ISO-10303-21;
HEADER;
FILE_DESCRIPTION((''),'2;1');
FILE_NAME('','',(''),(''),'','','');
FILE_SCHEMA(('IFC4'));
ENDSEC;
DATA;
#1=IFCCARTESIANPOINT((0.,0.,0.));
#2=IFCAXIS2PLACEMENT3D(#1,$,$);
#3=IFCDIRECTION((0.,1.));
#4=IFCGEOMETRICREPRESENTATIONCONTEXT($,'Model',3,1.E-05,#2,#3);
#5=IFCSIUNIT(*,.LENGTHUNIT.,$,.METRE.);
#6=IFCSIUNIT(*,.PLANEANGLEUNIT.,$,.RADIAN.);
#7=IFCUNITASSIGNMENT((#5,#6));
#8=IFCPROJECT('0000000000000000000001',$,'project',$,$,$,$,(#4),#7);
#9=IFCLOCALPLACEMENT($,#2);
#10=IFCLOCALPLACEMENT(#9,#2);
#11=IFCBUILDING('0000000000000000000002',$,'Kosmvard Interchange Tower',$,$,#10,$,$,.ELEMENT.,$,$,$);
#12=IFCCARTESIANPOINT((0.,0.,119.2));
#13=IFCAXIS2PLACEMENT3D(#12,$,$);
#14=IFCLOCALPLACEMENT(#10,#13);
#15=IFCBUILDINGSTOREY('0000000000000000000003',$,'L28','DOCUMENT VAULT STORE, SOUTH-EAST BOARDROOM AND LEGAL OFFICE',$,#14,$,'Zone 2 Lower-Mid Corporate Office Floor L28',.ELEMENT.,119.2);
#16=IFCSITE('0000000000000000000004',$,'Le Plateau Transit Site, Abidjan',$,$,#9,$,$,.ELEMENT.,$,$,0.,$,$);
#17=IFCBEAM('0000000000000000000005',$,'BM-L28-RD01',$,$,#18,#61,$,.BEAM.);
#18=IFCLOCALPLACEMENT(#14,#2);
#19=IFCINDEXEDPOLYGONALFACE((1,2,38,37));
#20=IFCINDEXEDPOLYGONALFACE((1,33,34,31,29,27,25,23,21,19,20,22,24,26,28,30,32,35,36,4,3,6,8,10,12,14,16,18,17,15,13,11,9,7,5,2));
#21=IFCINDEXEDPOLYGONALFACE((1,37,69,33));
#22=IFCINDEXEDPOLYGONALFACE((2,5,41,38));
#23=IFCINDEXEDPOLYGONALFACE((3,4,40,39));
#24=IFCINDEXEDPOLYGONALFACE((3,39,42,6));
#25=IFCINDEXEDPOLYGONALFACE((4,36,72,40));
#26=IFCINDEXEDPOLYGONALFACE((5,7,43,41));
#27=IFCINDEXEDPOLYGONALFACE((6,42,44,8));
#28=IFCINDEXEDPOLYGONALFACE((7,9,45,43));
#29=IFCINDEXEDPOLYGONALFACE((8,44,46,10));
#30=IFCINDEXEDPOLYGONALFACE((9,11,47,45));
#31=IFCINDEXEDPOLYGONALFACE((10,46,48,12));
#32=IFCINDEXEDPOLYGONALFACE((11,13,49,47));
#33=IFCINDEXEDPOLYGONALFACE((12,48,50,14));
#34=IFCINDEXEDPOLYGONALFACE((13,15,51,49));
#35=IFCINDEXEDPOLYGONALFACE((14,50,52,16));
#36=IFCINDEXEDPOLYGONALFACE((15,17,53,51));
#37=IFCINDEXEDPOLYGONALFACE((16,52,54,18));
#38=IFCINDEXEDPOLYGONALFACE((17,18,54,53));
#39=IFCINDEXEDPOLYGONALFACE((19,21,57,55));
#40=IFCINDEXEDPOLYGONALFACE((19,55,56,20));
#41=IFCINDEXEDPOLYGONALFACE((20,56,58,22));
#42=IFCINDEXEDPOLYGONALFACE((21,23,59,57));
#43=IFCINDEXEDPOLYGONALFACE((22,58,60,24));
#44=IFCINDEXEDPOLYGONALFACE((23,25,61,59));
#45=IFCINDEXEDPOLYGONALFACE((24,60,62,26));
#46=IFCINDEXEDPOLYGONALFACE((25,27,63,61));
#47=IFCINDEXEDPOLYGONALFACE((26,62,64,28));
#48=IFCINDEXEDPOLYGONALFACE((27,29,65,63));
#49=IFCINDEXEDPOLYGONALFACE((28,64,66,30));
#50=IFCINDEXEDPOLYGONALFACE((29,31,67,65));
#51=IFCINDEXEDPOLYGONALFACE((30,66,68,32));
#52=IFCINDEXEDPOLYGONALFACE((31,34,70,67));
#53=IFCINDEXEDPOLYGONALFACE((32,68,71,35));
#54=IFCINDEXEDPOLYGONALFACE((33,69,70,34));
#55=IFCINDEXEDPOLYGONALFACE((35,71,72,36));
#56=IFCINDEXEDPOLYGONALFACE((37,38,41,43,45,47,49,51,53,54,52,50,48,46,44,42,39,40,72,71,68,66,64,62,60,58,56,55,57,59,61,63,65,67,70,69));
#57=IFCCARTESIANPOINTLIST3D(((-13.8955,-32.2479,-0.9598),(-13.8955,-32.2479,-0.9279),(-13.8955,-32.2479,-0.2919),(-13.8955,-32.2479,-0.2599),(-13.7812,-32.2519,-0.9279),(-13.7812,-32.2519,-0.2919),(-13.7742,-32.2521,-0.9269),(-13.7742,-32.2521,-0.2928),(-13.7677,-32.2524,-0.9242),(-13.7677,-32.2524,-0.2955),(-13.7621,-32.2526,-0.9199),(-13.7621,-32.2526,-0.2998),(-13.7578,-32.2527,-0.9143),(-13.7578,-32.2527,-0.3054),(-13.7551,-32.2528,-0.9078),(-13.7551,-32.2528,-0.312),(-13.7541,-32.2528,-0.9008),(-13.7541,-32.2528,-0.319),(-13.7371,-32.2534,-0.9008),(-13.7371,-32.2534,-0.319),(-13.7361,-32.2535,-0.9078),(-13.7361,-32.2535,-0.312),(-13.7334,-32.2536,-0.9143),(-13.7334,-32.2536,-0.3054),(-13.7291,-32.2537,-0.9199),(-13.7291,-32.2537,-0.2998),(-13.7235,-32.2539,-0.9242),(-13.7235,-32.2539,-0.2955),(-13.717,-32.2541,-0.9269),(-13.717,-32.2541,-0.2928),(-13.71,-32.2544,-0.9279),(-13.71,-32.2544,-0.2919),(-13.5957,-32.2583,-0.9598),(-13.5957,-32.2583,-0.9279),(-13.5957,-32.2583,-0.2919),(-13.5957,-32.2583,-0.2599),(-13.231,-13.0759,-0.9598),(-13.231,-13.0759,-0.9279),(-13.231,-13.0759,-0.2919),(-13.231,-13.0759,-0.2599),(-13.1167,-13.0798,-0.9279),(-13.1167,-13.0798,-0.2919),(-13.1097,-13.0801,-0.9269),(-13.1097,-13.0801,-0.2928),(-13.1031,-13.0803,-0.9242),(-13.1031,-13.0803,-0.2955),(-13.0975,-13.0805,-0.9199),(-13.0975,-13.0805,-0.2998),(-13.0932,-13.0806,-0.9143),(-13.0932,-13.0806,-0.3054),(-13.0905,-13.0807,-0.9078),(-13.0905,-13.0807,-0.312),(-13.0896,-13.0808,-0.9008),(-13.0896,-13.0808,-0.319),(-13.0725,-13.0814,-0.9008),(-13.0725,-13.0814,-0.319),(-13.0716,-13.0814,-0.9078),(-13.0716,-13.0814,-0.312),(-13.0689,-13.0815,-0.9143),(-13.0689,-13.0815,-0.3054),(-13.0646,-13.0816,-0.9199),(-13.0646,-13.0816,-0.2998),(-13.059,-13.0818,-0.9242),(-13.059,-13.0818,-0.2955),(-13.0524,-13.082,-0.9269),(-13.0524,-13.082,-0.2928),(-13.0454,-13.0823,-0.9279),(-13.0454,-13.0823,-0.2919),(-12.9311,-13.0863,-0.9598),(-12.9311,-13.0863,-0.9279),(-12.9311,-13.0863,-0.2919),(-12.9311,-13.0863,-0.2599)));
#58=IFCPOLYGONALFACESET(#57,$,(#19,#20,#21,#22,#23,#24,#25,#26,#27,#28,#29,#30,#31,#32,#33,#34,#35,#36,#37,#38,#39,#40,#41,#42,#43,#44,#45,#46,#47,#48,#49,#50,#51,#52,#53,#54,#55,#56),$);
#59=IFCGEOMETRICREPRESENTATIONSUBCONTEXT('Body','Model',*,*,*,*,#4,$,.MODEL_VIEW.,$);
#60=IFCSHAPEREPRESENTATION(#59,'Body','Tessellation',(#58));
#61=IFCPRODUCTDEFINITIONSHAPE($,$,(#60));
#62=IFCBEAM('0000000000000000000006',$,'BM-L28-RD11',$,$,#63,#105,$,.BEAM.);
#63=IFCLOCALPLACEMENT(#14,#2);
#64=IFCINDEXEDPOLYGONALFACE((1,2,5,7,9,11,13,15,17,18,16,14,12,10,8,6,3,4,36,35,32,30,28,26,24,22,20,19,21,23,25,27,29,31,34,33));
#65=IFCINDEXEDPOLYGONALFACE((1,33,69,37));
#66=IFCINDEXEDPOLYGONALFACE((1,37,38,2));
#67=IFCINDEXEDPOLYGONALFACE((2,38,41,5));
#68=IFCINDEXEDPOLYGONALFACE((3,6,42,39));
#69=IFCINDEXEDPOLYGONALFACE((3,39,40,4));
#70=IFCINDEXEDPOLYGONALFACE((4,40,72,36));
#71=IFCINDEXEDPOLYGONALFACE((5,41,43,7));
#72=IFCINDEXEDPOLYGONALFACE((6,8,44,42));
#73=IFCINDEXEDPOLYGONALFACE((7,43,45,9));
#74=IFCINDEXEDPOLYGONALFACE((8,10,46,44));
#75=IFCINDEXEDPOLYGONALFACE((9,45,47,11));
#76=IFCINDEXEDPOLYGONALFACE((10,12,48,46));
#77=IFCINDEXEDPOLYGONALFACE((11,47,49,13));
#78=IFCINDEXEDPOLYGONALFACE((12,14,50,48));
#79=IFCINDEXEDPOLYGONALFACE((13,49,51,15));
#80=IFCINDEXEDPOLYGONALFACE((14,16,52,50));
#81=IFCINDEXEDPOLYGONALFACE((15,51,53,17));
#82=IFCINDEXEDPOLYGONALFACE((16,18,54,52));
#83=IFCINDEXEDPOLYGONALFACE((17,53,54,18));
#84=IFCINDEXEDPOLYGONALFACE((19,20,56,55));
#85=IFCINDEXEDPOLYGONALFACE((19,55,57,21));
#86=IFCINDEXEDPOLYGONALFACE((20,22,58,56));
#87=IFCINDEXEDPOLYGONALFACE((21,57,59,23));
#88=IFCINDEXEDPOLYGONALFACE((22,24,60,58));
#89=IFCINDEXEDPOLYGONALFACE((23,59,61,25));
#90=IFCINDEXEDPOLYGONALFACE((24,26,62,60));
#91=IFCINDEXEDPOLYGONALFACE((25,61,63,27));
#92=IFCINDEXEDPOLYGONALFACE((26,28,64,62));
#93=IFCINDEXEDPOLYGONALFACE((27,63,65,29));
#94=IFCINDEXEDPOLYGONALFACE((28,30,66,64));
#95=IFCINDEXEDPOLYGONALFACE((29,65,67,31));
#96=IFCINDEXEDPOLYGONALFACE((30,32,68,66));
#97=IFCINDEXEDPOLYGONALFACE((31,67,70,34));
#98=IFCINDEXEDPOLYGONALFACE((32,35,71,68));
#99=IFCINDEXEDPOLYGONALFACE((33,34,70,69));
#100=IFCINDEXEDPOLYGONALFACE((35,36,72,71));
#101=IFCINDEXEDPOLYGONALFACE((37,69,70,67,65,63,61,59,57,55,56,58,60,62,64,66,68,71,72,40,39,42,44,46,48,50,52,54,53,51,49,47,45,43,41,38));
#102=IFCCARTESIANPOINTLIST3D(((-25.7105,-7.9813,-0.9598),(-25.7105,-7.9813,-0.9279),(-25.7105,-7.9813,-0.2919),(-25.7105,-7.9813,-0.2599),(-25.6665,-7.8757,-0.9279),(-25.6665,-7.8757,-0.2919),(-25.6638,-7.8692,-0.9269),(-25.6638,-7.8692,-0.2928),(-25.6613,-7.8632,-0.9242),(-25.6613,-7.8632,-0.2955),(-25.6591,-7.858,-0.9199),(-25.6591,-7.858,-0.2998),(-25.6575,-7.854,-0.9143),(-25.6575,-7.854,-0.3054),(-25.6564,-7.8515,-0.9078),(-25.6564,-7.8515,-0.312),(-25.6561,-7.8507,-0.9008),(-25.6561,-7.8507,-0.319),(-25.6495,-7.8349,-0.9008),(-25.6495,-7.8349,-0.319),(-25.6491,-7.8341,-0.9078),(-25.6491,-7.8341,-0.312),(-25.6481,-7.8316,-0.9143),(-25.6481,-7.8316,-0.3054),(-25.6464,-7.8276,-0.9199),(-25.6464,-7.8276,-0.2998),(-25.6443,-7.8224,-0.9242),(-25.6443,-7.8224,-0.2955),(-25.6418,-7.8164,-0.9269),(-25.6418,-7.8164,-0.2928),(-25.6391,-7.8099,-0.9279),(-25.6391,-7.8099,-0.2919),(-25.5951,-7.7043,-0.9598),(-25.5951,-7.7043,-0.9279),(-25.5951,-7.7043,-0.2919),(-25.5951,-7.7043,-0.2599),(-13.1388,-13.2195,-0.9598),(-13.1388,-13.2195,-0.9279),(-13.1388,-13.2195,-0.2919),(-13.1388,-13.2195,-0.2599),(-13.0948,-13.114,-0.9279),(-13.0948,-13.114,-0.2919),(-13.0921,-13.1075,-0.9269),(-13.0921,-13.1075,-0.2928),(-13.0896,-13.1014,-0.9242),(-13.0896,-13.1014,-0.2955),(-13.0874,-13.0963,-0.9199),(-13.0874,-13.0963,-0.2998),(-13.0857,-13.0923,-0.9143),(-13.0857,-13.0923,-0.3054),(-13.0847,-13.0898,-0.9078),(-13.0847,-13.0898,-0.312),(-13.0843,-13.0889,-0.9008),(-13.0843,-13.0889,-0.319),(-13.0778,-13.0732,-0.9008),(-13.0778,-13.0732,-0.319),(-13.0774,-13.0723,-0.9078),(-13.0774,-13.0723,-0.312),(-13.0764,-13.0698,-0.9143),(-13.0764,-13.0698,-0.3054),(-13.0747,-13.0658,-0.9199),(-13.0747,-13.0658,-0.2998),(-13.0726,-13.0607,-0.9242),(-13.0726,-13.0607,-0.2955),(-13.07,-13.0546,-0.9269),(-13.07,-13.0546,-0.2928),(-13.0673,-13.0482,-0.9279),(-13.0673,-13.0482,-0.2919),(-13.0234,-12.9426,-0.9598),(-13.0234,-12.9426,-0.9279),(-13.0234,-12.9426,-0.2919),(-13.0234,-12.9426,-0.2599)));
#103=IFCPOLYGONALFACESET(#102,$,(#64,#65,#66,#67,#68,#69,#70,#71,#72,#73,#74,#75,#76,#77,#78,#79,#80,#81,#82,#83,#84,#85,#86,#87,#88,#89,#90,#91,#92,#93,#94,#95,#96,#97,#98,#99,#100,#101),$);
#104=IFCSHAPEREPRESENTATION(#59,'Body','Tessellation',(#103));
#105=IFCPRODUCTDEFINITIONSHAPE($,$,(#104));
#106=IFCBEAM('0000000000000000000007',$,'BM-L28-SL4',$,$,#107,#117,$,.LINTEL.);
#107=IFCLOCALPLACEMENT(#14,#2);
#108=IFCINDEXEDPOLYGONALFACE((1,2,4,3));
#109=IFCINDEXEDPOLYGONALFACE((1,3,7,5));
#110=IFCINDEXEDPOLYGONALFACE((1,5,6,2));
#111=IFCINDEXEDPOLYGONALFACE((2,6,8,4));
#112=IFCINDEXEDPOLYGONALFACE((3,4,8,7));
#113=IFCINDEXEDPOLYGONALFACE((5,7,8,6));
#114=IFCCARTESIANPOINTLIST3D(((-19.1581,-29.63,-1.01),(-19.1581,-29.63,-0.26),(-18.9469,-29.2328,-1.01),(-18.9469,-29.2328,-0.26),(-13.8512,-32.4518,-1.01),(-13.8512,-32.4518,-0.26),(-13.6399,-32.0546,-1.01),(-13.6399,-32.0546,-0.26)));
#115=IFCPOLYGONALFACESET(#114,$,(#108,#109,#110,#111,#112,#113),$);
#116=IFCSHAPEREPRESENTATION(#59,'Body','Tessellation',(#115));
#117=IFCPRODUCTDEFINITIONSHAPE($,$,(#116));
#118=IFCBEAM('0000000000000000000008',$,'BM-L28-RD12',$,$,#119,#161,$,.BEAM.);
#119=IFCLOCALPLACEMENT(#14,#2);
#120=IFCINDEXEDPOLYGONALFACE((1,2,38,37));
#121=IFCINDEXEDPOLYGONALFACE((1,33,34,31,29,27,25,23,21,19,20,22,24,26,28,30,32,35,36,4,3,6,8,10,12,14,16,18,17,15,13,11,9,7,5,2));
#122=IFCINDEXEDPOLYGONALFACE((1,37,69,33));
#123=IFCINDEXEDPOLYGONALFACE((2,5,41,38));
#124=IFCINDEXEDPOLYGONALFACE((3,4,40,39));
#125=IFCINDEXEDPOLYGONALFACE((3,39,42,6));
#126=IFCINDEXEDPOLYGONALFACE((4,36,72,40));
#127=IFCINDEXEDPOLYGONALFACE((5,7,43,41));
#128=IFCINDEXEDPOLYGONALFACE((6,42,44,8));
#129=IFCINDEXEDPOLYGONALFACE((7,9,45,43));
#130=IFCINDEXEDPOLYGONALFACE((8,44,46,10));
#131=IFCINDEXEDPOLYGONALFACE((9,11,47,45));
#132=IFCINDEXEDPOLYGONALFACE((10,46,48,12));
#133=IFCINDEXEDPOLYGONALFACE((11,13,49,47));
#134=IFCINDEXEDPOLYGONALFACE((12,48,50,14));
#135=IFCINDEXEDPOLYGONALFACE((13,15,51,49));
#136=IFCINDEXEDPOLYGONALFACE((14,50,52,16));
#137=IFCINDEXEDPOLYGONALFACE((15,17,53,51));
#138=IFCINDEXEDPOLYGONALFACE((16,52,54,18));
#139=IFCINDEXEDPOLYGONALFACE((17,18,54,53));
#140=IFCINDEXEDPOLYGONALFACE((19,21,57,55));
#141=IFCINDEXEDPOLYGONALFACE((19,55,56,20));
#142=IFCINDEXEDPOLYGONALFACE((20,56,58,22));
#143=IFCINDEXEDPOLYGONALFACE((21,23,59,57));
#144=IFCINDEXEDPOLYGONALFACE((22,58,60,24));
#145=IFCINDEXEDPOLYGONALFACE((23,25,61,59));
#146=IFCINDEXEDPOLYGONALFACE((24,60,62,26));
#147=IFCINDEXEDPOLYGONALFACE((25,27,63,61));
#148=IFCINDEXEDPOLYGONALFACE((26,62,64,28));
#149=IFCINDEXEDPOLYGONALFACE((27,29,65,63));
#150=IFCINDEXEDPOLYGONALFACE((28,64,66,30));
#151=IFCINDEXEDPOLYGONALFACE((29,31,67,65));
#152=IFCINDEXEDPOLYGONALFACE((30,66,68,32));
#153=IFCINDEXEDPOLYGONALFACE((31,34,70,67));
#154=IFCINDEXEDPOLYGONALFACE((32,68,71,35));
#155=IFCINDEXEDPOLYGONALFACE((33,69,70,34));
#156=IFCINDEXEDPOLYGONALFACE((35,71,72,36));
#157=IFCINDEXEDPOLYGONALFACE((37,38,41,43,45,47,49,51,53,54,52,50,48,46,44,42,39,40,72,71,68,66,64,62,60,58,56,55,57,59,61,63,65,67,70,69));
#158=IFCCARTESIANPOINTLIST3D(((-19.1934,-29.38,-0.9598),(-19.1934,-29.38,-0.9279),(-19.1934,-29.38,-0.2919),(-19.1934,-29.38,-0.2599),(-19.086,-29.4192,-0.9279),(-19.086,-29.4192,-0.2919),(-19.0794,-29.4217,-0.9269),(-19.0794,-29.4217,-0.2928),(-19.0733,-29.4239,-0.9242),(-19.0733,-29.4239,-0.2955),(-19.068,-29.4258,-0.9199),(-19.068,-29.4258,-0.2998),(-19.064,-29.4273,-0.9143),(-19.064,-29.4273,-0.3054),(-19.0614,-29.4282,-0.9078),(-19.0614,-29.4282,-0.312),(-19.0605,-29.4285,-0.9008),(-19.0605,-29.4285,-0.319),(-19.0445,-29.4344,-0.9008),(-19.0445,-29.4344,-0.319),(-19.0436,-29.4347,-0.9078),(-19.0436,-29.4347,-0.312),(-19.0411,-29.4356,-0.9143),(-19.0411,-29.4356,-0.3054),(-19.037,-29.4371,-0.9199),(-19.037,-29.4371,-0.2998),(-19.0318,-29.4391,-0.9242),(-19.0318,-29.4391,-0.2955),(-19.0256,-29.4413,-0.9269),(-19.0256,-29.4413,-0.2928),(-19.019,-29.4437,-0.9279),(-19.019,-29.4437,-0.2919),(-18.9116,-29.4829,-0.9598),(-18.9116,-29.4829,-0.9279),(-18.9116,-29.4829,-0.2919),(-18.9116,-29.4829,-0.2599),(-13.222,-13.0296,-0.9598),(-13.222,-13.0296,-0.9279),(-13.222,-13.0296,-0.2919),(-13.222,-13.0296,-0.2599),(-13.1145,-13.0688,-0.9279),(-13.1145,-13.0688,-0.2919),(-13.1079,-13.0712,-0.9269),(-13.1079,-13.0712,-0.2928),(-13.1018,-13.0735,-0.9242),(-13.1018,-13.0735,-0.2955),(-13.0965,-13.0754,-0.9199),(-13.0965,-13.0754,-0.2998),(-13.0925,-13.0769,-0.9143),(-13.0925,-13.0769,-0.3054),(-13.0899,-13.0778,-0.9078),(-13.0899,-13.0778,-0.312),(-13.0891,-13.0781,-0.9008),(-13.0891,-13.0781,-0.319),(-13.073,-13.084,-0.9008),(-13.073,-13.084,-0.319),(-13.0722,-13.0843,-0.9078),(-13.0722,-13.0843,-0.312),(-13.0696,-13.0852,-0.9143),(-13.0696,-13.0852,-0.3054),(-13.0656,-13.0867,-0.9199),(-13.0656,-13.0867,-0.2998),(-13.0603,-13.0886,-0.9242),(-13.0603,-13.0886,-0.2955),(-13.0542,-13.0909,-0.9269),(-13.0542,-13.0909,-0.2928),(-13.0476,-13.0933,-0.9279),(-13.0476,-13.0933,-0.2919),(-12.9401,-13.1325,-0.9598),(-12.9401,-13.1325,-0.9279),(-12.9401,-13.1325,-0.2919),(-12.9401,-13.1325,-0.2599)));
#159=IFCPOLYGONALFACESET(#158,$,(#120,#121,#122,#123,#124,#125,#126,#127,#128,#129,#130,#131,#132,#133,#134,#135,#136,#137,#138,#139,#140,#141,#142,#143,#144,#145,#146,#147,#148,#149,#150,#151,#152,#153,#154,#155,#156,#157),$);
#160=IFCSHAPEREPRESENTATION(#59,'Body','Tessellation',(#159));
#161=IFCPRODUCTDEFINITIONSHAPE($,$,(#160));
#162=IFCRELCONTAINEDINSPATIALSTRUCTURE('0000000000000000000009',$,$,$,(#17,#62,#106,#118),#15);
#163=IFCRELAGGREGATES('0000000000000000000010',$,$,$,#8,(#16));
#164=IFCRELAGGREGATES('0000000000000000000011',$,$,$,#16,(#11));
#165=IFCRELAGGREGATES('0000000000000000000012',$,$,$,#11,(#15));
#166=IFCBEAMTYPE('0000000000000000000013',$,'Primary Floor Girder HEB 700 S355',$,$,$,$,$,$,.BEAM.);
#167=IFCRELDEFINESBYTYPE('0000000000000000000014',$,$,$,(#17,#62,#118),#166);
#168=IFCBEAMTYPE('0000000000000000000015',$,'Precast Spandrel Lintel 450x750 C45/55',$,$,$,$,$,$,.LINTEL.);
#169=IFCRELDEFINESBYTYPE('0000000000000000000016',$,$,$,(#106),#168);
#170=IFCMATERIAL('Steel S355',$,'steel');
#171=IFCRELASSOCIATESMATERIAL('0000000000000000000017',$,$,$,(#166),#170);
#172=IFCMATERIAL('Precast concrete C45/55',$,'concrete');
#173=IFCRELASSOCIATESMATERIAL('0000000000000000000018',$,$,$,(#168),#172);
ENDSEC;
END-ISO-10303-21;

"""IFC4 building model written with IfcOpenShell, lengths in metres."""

from ifc_helpers import new_model, si_unit, direction, frame, origin, origin_2d, place, context, subcontext, project, spatial, rectangle, i_section, extrude, source, transform, mapped, material, material_profile, profile_set, type_object, element, save


model = new_model("IFC4")

# Units and contexts
model_context = context("Model", 3, precision=1e-05, world=origin(), true_north=direction((0.0, 1.0)))
body_context = subcontext(model_context, "Body", "Model", "MODEL_VIEW")
ifc_project = project(units=[si_unit("LENGTHUNIT", "METRE"), si_unit("PLANEANGLEUNIT", "RADIAN")], contexts=[model_context])

# Site, building, storey
site_placement = place(None, origin())
site = spatial("IfcSite", under=ifc_project, at=site_placement, Name="Le Plateau Transit Site, Abidjan", CompositionType="ELEMENT", RefElevation=0.0)
building_placement = place(site_placement, origin())
building = spatial("IfcBuilding", under=site, at=building_placement, Name="Kosmvard Interchange Tower", CompositionType="ELEMENT")
storey_placement = place(building_placement, frame((0.0, 0.0, 119.2)))
storey = spatial("IfcBuildingStorey", under=building, at=storey_placement, Name="L28", Description="DOCUMENT VAULT STORE, SOUTH-EAST BOARDROOM AND LEGAL OFFICE", LongName="Zone 2 Lower-Mid Corporate Office Floor L28", CompositionType="ELEMENT", Elevation=119.2)

# Beams
ifc_material_1 = material(Name="Steel S355", Category="steel")
ifc_material_profile_1 = material_profile(ifc_material_1, i_section(OverallWidth=0.3, OverallDepth=0.7, WebThickness=0.0171, FlangeThickness=0.032, FilletRadius=0.0271, at=origin_2d()), Name="HEB 700")
ifc_profile_set_1 = profile_set([ifc_material_profile_1], Name="Steel S355")
beam_type_1 = type_object("IfcBeamType", Name="Primary Floor Girder HEB 700 S355", PredefinedType="BEAM", material=ifc_profile_set_1)
shared_shape_1 = source(origin(), body_context, "Body", "SweptSolid", [
    extrude(i_section(OverallWidth=0.3, OverallDepth=0.7, WebThickness=0.0171, FlangeThickness=0.032, FilletRadius=0.0271, at=origin_2d()), origin(), (0.0, 0.0, 1.0), 19.1836),
])
beam_1_placement = place(storey_placement, frame((-13.0811, -13.0811, -0.6099), z_axis=(-0.034642, -0.9994, 0.0), x_axis=(0.9994, -0.034642, 0.0)))
element("IfcBeam", 1, at=beam_1_placement, inside=storey, type_object=beam_type_1, Name="BM-L28-RD01", PredefinedType="BEAM", context=body_context, shape_type="MappedRepresentation", body=[
    mapped(shared_shape_1, transform((0.0, 0.0, 0.0), scale=1.0)),
])
shared_shape_2 = source(origin(), body_context, "Body", "SweptSolid", [
    extrude(i_section(OverallWidth=0.3, OverallDepth=0.7, WebThickness=0.0171, FlangeThickness=0.032, FilletRadius=0.0271, at=origin_2d()), origin(), (0.0, 0.0, 1.0), 13.6194),
])
beam_2_placement = place(storey_placement, frame((-13.0811, -13.0811, -0.6099), z_axis=(-0.923076, 0.384618, 0.0), x_axis=(-0.384618, -0.923076, 0.0)))
element("IfcBeam", 2, at=beam_2_placement, inside=storey, type_object=beam_type_1, Name="BM-L28-RD11", PredefinedType="BEAM", context=body_context, shape_type="MappedRepresentation", body=[
    mapped(shared_shape_2, transform((0.0, 0.0, 0.0), scale=1.0)),
])
ifc_material_2 = material(Name="Precast concrete C45/55", Category="concrete")
ifc_material_profile_2 = material_profile(ifc_material_2, rectangle(XDim=0.45, YDim=0.75, at=origin_2d()), Name="SL 450x750")
ifc_profile_set_2 = profile_set([ifc_material_profile_2], Name="Precast concrete C45/55")
beam_type_2 = type_object("IfcBeamType", Name="Precast Spandrel Lintel 450x750 C45/55", PredefinedType="LINTEL", material=ifc_profile_set_2)
shared_shape_3 = source(origin(), body_context, "Body", "SweptSolid", [
    extrude(rectangle(XDim=0.45, YDim=0.75, at=origin_2d()), origin(), (0.0, 0.0, 1.0), 6.0105),
])
beam_3_placement = place(storey_placement, frame((-19.0525, -29.4314, -0.635), z_axis=(0.882944, -0.469479, 0.0), x_axis=(0.469479, 0.882944, 0.0)))
element("IfcBeam", 3, at=beam_3_placement, inside=storey, type_object=beam_type_2, Name="BM-L28-SL4", PredefinedType="LINTEL", context=body_context, shape_type="MappedRepresentation", body=[
    mapped(shared_shape_3, transform((0.0, 0.0, 0.0), scale=1.0)),
])
shared_shape_4 = source(origin(), body_context, "Body", "SweptSolid", [
    extrude(i_section(OverallWidth=0.3, OverallDepth=0.7, WebThickness=0.0171, FlangeThickness=0.032, FilletRadius=0.0271, at=origin_2d()), origin(), (0.0, 0.0, 1.0), 17.4067),
])
beam_4_placement = place(storey_placement, frame((-13.0811, -13.0811, -0.6099), z_axis=(-0.343055, -0.939315, 0.0), x_axis=(0.939315, -0.343055, 0.0)))
element("IfcBeam", 4, at=beam_4_placement, inside=storey, type_object=beam_type_1, Name="BM-L28-RD12", PredefinedType="BEAM", context=body_context, shape_type="MappedRepresentation", body=[
    mapped(shared_shape_4, transform((0.0, 0.0, 0.0), scale=1.0)),
])

save(model, "model.ifc")
